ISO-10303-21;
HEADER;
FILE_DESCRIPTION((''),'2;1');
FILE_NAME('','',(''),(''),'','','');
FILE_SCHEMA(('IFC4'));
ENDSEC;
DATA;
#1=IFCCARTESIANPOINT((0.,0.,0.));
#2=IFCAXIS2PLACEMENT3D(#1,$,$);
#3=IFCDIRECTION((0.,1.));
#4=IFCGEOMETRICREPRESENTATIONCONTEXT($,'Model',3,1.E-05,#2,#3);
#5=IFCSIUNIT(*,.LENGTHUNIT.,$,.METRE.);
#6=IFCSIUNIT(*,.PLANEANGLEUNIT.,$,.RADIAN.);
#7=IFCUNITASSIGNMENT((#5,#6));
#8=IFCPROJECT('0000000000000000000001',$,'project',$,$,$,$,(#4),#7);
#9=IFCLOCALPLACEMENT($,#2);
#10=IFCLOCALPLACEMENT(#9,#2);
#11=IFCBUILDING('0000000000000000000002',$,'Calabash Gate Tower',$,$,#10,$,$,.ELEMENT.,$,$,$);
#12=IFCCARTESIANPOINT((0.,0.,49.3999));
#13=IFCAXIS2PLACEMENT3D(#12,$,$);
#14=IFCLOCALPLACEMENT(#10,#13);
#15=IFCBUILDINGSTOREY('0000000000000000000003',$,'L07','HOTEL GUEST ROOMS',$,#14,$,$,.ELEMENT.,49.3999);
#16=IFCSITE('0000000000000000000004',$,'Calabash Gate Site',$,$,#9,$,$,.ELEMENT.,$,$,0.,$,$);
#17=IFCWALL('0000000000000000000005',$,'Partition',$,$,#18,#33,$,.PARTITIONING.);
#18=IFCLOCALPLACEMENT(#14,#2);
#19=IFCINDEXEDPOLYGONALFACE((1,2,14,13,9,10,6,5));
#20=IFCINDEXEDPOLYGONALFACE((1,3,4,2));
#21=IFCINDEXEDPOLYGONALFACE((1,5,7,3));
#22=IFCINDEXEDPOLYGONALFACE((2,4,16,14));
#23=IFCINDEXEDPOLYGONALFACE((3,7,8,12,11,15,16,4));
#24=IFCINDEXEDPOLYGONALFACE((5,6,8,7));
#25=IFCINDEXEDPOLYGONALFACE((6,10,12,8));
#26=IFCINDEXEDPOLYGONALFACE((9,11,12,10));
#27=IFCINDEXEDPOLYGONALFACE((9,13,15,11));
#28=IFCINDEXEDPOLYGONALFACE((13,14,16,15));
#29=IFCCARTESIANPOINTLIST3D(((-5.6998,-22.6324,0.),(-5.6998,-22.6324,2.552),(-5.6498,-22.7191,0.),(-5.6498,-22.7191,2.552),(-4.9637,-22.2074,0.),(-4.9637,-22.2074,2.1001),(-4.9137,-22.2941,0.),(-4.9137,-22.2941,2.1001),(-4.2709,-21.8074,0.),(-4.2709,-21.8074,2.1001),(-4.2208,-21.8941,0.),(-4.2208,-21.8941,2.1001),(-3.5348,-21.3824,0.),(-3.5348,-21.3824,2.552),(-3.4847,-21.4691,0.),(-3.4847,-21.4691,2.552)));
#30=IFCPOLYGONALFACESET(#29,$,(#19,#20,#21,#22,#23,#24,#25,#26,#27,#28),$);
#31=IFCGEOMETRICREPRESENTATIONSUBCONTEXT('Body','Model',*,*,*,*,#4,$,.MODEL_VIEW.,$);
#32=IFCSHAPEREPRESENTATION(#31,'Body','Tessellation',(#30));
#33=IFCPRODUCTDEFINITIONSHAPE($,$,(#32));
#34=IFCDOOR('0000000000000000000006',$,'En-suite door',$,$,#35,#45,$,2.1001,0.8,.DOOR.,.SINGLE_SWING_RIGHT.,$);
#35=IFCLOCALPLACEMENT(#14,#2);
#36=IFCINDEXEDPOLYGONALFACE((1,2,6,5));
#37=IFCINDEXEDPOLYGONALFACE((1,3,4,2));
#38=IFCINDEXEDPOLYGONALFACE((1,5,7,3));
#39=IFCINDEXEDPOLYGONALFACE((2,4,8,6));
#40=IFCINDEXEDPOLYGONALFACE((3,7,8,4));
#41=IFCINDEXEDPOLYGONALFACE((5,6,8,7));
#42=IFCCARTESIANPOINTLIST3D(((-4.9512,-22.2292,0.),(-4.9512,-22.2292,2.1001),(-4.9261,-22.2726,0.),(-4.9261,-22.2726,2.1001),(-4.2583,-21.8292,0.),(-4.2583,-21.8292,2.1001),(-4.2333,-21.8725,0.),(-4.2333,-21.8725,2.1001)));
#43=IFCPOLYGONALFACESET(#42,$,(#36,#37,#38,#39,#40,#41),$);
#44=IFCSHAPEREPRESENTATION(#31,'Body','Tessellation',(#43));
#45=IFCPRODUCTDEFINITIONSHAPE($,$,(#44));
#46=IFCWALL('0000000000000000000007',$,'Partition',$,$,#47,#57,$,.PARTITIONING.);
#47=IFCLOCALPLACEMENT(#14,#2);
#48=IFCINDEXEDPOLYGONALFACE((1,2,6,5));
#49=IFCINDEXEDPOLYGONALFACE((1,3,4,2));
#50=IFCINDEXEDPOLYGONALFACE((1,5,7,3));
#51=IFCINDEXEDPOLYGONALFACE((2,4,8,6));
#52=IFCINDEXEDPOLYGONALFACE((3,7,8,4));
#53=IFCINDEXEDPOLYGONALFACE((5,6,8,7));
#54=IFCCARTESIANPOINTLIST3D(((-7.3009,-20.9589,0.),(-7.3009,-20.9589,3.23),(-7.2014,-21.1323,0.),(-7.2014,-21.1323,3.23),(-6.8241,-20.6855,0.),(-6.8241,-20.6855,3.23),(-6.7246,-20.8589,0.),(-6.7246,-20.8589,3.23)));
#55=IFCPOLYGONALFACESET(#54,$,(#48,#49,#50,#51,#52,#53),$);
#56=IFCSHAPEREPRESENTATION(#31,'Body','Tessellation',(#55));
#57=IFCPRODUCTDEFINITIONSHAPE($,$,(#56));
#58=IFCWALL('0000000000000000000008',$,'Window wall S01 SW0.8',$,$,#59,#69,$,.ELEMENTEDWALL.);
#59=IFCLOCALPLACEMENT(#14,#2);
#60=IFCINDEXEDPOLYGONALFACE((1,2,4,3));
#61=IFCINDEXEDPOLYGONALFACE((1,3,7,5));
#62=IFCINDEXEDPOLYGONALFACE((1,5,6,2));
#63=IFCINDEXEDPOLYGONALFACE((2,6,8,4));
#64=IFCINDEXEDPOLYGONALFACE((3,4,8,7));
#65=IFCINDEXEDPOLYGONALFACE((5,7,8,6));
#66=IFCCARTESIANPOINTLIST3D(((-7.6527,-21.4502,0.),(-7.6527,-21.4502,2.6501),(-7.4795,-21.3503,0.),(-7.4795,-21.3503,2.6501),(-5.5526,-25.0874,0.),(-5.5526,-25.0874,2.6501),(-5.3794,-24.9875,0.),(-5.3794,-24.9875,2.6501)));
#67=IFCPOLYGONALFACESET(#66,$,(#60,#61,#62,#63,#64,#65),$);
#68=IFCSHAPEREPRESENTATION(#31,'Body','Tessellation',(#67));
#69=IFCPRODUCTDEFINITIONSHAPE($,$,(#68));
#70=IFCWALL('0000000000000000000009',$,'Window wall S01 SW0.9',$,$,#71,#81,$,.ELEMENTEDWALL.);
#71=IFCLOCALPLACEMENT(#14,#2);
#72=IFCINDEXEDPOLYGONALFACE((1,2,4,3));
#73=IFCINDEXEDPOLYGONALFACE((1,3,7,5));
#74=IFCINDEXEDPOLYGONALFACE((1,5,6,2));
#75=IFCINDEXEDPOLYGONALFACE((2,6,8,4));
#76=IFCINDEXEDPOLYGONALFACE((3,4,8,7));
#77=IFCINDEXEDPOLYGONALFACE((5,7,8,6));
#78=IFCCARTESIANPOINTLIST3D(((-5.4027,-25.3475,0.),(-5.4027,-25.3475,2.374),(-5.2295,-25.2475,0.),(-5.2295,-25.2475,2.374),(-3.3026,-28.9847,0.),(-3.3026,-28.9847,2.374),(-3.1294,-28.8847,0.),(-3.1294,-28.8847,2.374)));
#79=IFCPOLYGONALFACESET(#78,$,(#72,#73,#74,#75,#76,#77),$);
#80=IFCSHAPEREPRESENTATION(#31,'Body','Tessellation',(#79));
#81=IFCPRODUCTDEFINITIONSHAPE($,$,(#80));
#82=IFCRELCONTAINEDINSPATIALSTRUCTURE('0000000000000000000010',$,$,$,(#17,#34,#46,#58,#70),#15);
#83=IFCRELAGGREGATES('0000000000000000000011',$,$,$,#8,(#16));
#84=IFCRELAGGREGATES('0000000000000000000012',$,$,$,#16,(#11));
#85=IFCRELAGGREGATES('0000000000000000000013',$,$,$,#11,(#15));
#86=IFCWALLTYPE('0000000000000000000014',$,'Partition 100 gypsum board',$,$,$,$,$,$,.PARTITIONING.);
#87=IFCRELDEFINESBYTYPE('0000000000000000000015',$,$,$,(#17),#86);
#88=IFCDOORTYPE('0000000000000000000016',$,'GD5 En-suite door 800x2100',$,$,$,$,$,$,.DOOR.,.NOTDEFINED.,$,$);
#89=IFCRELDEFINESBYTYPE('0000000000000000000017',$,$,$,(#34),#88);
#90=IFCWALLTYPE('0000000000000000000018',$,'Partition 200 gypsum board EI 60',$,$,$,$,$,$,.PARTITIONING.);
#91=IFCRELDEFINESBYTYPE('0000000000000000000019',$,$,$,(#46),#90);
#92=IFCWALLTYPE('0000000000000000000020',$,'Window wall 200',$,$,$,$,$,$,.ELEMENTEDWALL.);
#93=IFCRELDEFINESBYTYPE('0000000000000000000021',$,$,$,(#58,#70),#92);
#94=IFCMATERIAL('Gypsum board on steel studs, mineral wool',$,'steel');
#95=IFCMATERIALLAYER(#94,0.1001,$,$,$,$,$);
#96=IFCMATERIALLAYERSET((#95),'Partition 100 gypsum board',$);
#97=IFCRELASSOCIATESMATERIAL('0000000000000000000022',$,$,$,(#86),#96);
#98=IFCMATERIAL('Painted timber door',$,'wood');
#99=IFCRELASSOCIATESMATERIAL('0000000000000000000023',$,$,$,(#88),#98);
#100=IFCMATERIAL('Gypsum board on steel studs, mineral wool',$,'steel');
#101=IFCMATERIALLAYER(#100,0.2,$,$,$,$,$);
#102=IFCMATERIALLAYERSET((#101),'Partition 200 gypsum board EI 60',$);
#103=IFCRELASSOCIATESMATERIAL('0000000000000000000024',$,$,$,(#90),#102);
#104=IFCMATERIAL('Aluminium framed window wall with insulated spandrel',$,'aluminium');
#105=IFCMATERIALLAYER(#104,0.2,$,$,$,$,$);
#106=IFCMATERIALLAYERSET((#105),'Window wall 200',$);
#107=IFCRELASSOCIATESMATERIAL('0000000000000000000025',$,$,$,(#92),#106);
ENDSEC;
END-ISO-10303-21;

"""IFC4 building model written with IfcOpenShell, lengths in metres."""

from ifc_helpers import new_model, si_unit, direction, frame, frame_2d, origin, place, context, subcontext, project, spatial, rectangle, extrude, material, layer, layer_set, type_object, element, fill, save


model = new_model("IFC4")

# Units and contexts
model_context = context("Model", 3, precision=1e-05, world=origin(), true_north=direction((0.0, 1.0)))
body_context = subcontext(model_context, "Body", "Model", "MODEL_VIEW")
ifc_project = project(units=[si_unit("LENGTHUNIT", "METRE"), si_unit("PLANEANGLEUNIT", "RADIAN")], contexts=[model_context])

# Site, building, storey
site_placement = place(None, origin())
site = spatial("IfcSite", under=ifc_project, at=site_placement, Name="Calabash Gate Site", CompositionType="ELEMENT", RefElevation=0.0)
building_placement = place(site_placement, origin())
building = spatial("IfcBuilding", under=site, at=building_placement, Name="Calabash Gate Tower", CompositionType="ELEMENT")
storey_placement = place(building_placement, frame((0.0, 0.0, 49.3999)))
storey = spatial("IfcBuildingStorey", under=building, at=storey_placement, Name="L07", Description="HOTEL GUEST ROOMS", CompositionType="ELEMENT", Elevation=49.3999)

# Wall, opening, door
ifc_material_1 = material(Name="Gypsum board on steel studs, mineral wool", Category="steel")
ifc_layer_1 = layer(ifc_material_1, 0.1001)
ifc_layer_set_1 = layer_set([ifc_layer_1], Name="Partition 100 gypsum board")
wall_type_1 = type_object("IfcWallType", Name="Partition 100 gypsum board", PredefinedType="PARTITIONING", material=ifc_layer_set_1)
wall_1_placement = place(storey_placement, frame((-5.6748, -22.6758, 0.0), z_axis=(0.0, 0.0, 1.0), x_axis=(0.866023, 0.500004, 0.0)))
wall_1 = element("IfcWall", 1, at=wall_1_placement, inside=storey, type_object=wall_type_1, Name="Partition", PredefinedType="PARTITIONING", context=body_context, shape_type="SweptSolid", body=[
    extrude(rectangle(XDim=2.5, YDim=0.1001, at=frame_2d((1.25, 0.0))), origin(), (0.0, 0.0, 1.0), 2.552),
])
opening_placement = place(wall_1_placement, frame((0.8501, 0.0, 0.0)))
opening = element("IfcOpeningElement", 2, at=opening_placement, cuts=wall_1, PredefinedType="OPENING", context=body_context, shape_type="SweptSolid", body=[
    extrude(rectangle(XDim=0.8, YDim=2.1001, at=frame_2d((0.3999, 1.05))), frame((0.0, 0.0601, 0.0), z_axis=(0.0, -1.0, 0.0), x_axis=(1.0, 0.0, 0.0)), (0.0, 0.0, 1.0), 0.1201),
])
ifc_material_2 = material(Name="Painted timber door", Category="wood")
door_type = type_object("IfcDoorType", Name="GD5 En-suite door 800x2100", OperationType="NOTDEFINED", PredefinedType="DOOR", material=ifc_material_2)
door_placement = place(opening_placement, origin())
door = element("IfcDoor", 3, at=door_placement, inside=storey, type_object=door_type, Name="En-suite door", OperationType="SINGLE_SWING_RIGHT", OverallHeight=2.1001, OverallWidth=0.8, PredefinedType="DOOR", context=body_context, shape_type="SweptSolid", body=[
    extrude(rectangle(XDim=0.8, YDim=2.1001, at=frame_2d((0.3999, 1.05))), frame((0.0, 0.0249, 0.0), z_axis=(0.0, -1.0, 0.0), x_axis=(1.0, 0.0, 0.0)), (0.0, 0.0, 1.0), 0.05),
])
fill(opening, door)

# Walls
ifc_material_3 = material(Name="Gypsum board on steel studs, mineral wool", Category="steel")
ifc_layer_2 = layer(ifc_material_3, 0.2)
ifc_layer_set_2 = layer_set([ifc_layer_2], Name="Partition 200 gypsum board EI 60")
wall_type_2 = type_object("IfcWallType", Name="Partition 200 gypsum board EI 60", PredefinedType="PARTITIONING", material=ifc_layer_set_2)
wall_2_placement = place(storey_placement, frame((-7.2512, -21.0457, 0.0), z_axis=(0.0, 0.0, 1.0), x_axis=(0.867477, 0.497478, 0.0)))
element("IfcWall", 4, at=wall_2_placement, inside=storey, type_object=wall_type_2, Name="Partition", PredefinedType="PARTITIONING", context=body_context, shape_type="SweptSolid", body=[
    extrude(rectangle(XDim=0.5496, YDim=0.2, at=frame_2d((0.2749, 0.0))), origin(), (0.0, 0.0, 1.0), 3.23),
])
ifc_material_4 = material(Name="Aluminium framed window wall with insulated spandrel", Category="aluminium")
ifc_layer_3 = layer(ifc_material_4, 0.2)
ifc_layer_set_3 = layer_set([ifc_layer_3], Name="Window wall 200")
wall_type_3 = type_object("IfcWallType", Name="Window wall 200", PredefinedType="ELEMENTEDWALL", material=ifc_layer_set_3)
wall_3_placement = place(storey_placement, frame((-7.5662, -21.4001, 0.0), z_axis=(0.0, 0.0, 1.0), x_axis=(0.500028, -0.866009, 0.0)))
element("IfcWall", 5, at=wall_3_placement, inside=storey, type_object=wall_type_3, Name="Window wall S01 SW0.8", PredefinedType="ELEMENTEDWALL", context=body_context, shape_type="SweptSolid", body=[
    extrude(rectangle(XDim=4.2, YDim=0.2, at=frame_2d((2.1001, 0.0))), origin(), (0.0, 0.0, 1.0), 2.6501),
])
wall_4_placement = place(storey_placement, frame((-5.3162, -25.2974, 0.0), z_axis=(0.0, 0.0, 1.0), x_axis=(0.500028, -0.866009, 0.0)))
element("IfcWall", 6, at=wall_4_placement, inside=storey, type_object=wall_type_3, Name="Window wall S01 SW0.9", PredefinedType="ELEMENTEDWALL", context=body_context, shape_type="SweptSolid", body=[
    extrude(rectangle(XDim=4.2, YDim=0.2, at=frame_2d((2.1001, 0.0))), origin(), (0.0, 0.0, 1.0), 2.374),
])

save(model, "model.ifc")
